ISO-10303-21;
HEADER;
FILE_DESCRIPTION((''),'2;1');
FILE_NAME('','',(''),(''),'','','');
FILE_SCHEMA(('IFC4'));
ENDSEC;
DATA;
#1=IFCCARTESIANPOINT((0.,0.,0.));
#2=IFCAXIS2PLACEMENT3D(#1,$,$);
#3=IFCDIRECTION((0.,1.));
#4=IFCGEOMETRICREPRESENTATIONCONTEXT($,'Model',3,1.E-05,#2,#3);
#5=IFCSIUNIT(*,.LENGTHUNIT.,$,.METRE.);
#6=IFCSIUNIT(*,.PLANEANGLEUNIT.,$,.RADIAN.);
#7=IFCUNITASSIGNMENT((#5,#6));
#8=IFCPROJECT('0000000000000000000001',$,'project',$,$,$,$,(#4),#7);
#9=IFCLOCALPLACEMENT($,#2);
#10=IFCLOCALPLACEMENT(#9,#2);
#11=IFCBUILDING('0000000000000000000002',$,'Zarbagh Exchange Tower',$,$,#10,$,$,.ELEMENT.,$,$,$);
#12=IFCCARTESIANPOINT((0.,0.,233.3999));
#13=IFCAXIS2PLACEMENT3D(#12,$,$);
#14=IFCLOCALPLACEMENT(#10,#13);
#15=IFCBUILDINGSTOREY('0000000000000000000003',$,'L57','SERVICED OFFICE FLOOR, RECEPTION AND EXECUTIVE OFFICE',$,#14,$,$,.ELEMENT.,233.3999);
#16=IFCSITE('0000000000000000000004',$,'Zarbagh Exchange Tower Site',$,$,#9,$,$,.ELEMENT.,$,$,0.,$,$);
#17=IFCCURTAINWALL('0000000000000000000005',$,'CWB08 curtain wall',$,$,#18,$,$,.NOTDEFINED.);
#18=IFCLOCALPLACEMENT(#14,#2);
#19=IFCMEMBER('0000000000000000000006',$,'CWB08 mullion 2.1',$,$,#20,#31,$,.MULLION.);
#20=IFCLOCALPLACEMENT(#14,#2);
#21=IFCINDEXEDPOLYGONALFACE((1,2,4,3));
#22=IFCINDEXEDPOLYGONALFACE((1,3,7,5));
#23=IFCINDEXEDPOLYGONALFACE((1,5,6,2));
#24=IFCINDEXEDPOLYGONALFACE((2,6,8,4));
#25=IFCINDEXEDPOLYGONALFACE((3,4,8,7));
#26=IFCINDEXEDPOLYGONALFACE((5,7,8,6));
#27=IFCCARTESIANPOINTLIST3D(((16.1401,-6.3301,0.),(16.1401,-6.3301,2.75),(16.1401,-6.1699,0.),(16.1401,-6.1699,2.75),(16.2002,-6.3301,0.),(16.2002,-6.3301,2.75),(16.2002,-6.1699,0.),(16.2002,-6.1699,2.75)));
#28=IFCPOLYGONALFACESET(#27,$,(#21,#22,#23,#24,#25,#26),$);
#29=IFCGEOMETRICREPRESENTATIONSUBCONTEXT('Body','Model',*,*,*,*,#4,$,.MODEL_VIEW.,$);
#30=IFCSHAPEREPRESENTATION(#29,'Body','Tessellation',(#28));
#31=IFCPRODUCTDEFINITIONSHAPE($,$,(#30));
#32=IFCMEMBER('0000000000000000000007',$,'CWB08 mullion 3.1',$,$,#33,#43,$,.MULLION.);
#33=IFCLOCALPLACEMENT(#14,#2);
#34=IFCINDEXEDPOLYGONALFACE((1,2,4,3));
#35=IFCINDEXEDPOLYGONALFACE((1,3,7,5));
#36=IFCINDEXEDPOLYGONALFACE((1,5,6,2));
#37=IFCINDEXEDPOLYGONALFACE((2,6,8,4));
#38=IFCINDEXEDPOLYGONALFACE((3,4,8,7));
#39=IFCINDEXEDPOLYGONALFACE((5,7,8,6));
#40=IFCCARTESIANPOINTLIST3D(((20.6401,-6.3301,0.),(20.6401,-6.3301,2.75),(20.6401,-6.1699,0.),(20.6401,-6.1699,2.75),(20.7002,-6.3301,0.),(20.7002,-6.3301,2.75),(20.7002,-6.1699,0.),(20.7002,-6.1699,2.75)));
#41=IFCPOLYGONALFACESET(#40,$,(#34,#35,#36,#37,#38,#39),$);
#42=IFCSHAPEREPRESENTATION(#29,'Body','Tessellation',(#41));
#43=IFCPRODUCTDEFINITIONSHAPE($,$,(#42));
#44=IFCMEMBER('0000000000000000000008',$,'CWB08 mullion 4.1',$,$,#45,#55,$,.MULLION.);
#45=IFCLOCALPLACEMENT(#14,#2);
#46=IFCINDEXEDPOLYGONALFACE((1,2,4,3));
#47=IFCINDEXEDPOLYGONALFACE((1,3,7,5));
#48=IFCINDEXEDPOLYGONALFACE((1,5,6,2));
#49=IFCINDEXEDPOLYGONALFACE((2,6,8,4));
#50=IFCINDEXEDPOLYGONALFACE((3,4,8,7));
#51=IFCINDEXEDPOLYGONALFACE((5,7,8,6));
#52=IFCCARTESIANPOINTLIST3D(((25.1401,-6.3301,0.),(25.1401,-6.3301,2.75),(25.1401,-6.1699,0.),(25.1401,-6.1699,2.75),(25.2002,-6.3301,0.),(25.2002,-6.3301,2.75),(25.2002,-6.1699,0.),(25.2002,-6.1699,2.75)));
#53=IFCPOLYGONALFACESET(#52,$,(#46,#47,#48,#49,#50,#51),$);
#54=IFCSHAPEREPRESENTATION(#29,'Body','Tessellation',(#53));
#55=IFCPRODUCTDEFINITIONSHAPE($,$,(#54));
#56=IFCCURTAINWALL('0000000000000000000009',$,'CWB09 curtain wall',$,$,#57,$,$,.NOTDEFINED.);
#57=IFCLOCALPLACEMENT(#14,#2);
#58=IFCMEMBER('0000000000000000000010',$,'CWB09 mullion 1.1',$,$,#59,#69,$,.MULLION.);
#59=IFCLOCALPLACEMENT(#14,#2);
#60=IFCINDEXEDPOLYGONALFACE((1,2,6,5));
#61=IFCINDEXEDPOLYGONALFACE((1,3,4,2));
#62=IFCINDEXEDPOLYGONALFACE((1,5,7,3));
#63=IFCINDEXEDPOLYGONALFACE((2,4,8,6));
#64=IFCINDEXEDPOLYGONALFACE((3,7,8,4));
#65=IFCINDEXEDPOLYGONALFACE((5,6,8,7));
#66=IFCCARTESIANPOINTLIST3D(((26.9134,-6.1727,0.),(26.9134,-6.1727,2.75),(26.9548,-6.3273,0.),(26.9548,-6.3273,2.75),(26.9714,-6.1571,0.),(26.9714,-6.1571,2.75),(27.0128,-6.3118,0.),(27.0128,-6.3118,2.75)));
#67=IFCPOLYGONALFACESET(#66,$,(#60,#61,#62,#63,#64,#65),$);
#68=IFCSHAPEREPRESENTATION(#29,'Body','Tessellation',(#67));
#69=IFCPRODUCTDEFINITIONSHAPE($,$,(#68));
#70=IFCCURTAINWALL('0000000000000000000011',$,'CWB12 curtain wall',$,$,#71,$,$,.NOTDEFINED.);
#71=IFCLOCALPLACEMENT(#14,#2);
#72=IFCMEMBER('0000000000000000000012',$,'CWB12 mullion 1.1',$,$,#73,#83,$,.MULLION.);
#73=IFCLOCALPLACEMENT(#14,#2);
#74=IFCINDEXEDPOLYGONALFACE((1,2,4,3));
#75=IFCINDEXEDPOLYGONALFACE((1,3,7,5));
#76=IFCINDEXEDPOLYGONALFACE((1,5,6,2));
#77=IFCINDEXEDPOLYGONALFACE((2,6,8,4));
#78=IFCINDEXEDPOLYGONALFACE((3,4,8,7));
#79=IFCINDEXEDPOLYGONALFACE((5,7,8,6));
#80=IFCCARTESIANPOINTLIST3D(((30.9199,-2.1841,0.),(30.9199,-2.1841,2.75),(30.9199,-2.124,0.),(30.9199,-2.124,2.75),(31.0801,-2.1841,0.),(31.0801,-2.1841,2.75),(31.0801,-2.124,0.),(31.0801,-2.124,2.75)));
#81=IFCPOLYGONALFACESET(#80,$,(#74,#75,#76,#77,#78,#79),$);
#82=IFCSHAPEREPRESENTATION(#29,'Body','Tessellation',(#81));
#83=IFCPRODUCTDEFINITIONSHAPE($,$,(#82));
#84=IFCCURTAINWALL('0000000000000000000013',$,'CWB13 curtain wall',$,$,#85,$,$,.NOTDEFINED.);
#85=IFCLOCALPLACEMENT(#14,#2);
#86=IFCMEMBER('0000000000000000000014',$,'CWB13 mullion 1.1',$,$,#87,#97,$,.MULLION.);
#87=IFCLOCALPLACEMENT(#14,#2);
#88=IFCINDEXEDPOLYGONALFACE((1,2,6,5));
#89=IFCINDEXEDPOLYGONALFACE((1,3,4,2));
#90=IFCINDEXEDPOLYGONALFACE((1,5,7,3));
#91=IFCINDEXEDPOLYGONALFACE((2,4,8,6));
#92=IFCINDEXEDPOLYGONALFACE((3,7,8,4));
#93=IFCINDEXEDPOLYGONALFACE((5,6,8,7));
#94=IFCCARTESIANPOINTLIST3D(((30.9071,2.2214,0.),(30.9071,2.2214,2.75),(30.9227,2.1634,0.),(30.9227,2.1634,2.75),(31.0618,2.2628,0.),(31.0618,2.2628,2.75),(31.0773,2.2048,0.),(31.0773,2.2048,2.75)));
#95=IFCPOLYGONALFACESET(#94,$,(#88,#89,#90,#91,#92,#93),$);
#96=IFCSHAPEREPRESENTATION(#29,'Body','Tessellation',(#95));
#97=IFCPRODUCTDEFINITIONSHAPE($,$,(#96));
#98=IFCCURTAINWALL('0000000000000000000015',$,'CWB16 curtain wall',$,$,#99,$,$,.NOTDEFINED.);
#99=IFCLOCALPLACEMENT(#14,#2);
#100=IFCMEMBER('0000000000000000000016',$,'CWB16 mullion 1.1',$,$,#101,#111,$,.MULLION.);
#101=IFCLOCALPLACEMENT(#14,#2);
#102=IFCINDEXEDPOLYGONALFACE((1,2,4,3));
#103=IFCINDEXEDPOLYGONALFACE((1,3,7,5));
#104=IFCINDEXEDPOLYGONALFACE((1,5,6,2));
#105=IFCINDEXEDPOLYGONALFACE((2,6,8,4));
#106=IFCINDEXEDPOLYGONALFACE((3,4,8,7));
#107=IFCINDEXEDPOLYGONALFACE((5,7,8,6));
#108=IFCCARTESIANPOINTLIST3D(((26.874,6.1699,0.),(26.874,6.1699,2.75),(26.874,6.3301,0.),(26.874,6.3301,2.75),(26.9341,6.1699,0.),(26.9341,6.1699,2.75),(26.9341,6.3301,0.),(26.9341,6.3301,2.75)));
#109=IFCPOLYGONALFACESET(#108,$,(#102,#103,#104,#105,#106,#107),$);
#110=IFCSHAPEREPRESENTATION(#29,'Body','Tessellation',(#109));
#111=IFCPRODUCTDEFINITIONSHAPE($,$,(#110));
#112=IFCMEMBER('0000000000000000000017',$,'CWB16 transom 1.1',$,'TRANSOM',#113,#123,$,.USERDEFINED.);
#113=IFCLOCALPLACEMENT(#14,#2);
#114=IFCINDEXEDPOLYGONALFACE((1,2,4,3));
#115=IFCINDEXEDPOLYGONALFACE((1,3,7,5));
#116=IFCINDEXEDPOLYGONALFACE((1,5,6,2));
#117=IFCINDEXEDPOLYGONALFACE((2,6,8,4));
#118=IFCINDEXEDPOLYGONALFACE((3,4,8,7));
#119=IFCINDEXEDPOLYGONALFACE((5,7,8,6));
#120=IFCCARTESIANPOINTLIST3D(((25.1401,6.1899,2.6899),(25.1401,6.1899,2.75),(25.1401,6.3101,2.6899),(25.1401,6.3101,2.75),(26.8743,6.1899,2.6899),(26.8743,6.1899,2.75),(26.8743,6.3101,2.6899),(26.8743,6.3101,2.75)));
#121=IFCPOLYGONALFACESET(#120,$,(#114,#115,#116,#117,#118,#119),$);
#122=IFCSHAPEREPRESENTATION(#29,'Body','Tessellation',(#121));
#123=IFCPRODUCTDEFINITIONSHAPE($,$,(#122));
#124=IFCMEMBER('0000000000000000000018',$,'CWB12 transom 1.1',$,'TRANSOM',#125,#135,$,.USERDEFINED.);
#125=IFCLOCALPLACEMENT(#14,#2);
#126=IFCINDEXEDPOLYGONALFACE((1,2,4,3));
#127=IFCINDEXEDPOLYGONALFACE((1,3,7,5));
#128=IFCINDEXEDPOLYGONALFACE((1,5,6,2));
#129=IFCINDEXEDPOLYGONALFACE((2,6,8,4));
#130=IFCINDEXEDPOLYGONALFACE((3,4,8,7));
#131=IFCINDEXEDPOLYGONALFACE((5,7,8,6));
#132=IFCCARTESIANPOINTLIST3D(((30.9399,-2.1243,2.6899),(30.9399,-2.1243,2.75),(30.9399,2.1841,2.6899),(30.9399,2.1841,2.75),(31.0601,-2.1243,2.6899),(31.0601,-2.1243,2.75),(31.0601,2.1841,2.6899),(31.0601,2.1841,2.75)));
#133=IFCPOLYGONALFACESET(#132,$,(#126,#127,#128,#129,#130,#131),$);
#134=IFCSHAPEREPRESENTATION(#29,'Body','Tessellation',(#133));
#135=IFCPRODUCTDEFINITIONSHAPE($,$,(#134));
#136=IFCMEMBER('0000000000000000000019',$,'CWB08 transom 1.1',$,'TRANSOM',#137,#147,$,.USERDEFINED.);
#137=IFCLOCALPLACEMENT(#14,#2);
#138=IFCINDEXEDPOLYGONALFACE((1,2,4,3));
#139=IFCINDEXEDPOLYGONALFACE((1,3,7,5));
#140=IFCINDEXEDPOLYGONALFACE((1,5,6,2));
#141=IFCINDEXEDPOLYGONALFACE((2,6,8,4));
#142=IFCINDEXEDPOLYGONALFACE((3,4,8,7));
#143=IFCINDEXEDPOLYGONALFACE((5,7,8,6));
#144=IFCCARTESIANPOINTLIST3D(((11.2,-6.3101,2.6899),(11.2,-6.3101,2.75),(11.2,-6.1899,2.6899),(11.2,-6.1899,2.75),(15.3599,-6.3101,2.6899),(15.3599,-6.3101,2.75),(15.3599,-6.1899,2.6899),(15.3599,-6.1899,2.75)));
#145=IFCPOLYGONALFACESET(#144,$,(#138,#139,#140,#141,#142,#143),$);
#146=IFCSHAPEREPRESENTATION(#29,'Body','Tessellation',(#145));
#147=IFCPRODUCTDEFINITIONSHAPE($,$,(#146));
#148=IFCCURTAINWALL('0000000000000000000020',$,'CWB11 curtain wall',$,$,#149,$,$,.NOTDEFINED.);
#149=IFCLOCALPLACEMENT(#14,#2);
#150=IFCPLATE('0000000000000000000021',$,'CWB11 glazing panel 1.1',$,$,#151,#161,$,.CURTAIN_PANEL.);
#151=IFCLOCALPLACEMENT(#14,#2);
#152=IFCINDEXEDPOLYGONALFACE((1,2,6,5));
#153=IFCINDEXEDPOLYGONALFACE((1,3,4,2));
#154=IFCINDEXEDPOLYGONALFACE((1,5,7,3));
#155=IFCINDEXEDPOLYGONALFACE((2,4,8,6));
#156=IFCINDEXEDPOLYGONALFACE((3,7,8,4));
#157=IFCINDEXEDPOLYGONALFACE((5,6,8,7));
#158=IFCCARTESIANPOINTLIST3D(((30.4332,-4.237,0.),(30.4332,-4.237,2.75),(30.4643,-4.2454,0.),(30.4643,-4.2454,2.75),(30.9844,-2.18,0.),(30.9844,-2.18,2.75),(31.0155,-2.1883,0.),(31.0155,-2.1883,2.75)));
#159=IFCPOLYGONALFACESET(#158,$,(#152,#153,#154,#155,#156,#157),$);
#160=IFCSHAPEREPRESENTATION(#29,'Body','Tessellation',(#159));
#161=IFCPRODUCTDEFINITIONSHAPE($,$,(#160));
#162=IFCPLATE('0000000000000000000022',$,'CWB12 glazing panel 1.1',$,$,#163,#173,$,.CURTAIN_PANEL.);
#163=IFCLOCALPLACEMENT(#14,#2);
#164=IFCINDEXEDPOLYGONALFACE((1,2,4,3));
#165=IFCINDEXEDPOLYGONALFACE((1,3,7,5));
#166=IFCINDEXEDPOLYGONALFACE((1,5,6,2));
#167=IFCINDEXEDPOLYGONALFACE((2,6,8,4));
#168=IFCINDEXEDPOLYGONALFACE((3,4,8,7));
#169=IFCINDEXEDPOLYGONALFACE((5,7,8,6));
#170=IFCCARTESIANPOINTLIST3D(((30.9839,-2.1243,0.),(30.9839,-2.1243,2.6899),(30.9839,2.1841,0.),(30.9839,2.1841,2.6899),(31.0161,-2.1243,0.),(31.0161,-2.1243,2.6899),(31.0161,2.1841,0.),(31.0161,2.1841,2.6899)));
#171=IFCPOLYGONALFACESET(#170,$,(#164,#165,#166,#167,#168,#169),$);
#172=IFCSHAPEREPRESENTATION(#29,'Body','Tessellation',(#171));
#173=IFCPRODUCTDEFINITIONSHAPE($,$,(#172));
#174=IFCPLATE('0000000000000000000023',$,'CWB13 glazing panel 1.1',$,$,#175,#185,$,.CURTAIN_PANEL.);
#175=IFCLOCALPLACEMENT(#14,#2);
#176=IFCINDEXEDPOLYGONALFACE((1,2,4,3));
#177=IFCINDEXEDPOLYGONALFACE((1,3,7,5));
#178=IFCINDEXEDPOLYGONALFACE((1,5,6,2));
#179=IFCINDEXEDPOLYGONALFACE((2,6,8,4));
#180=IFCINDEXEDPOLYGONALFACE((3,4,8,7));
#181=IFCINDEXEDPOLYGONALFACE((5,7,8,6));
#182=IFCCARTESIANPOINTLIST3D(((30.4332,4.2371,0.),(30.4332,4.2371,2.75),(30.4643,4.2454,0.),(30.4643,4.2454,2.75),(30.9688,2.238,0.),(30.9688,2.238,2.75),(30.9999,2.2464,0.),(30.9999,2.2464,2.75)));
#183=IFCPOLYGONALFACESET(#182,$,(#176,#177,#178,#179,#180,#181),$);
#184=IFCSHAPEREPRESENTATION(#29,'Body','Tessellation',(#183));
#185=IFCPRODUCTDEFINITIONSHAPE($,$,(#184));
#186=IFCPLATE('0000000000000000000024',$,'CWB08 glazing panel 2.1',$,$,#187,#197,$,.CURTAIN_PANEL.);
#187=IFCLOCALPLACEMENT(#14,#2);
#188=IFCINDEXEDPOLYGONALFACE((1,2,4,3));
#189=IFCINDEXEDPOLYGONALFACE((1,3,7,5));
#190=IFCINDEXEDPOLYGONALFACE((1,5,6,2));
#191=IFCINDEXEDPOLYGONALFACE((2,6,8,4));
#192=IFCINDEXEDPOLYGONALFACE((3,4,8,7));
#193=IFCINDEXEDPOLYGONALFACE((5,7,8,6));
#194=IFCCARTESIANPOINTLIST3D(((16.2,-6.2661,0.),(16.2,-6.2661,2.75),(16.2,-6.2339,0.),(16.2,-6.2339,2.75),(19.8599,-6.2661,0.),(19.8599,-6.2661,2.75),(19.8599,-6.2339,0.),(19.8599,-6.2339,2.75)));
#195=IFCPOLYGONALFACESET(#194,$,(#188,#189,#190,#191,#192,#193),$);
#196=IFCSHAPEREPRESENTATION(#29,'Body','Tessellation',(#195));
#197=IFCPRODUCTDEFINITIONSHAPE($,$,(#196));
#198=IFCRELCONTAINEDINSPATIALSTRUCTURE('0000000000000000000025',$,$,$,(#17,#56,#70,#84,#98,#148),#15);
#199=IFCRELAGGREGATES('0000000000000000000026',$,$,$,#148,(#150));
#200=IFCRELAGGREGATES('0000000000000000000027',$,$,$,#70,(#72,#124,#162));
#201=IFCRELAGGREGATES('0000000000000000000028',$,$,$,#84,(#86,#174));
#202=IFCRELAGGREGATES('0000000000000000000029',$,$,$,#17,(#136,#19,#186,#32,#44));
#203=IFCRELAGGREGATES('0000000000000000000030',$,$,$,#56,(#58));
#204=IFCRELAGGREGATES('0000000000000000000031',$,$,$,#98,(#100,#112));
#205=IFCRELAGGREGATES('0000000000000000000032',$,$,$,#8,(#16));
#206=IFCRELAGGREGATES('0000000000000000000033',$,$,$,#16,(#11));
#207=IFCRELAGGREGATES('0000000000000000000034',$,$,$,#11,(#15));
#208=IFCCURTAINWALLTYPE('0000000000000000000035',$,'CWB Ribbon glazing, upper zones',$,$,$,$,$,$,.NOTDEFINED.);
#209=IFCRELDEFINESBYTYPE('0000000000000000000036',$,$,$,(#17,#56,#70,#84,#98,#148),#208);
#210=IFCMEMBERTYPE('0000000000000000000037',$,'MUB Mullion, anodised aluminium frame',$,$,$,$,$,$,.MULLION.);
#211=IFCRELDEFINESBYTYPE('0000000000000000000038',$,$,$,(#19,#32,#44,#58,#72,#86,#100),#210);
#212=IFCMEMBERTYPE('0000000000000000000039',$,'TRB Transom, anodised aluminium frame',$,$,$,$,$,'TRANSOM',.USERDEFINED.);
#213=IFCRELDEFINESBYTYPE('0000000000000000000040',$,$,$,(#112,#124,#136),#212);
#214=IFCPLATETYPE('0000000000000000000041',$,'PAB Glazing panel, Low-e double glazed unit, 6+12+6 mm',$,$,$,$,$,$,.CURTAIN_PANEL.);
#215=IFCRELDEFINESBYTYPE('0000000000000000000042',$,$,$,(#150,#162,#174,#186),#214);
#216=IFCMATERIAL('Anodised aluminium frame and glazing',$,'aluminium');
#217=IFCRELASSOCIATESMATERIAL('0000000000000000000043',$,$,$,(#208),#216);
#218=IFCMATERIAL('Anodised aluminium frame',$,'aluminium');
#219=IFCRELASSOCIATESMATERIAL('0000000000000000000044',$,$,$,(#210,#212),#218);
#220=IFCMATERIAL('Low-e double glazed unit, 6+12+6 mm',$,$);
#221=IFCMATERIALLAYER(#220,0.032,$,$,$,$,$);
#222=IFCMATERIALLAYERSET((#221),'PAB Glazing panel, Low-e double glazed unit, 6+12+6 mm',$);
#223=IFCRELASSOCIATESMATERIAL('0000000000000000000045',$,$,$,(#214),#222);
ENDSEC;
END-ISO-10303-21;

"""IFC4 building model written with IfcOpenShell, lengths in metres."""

from ifc_helpers import new_model, si_unit, direction, frame, origin, place, context, subcontext, project, spatial, polyline, outline, extrude, source, transform, mapped, material, layer, layer_set, type_object, element, aggregate, save


model = new_model("IFC4")

# Units and contexts
model_context = context("Model", 3, precision=1e-05, world=origin(), true_north=direction((0.0, 1.0)))
body_context = subcontext(model_context, "Body", "Model", "MODEL_VIEW")
ifc_project = project(units=[si_unit("LENGTHUNIT", "METRE"), si_unit("PLANEANGLEUNIT", "RADIAN")], contexts=[model_context])

# Site, building, storey
site_placement = place(None, origin())
site = spatial("IfcSite", under=ifc_project, at=site_placement, Name="Zarbagh Exchange Tower Site", CompositionType="ELEMENT", RefElevation=0.0)
building_placement = place(site_placement, origin())
building = spatial("IfcBuilding", under=site, at=building_placement, Name="Zarbagh Exchange Tower", CompositionType="ELEMENT")
storey_placement = place(building_placement, frame((0.0, 0.0, 233.3999)))
storey = spatial("IfcBuildingStorey", under=building, at=storey_placement, Name="L57", Description="SERVICED OFFICE FLOOR, RECEPTION AND EXECUTIVE OFFICE", CompositionType="ELEMENT", Elevation=233.3999)

# Curtain wall, members
ifc_material_1 = material(Name="Anodised aluminium frame and glazing", Category="aluminium")
curtain_wall_type = type_object("IfcCurtainWallType", Name="CWB Ribbon glazing, upper zones", PredefinedType="NOTDEFINED", material=ifc_material_1)
curtain_wall_1_placement = place(storey_placement, origin())
curtain_wall_1 = element("IfcCurtainWall", 1, at=curtain_wall_1_placement, inside=storey, type_object=curtain_wall_type, Name="CWB08 curtain wall", PredefinedType="NOTDEFINED")
ifc_material_2 = material(Name="Anodised aluminium frame", Category="aluminium")
member_type_1 = type_object("IfcMemberType", Name="MUB Mullion, anodised aluminium frame", PredefinedType="MULLION", material=ifc_material_2)
shared_shape_1 = source(origin(), body_context, "Body", "SweptSolid", [
    extrude(outline(polyline([(0.0, -0.0801), (0.0601, -0.0801), (0.0601, 0.0801), (0.0, 0.0801), (0.0, -0.0801)])), origin(), (0.0, 0.0, 1.0), 2.75),
])
placement = place(storey_placement, origin())
member_1 = element("IfcMember", 2, at=placement, type_object=member_type_1, Name="CWB08 mullion 2.1", PredefinedType="MULLION", context=body_context, shape_type="MappedRepresentation", body=[
    mapped(shared_shape_1, transform((16.1401, -6.25, 0.0), x_axis=(1.0, 0.0, 0.0), y_axis=(0.0, 1.0, 0.0), z_axis=(0.0, 0.0, 1.0))),
])
member_2 = element("IfcMember", 3, at=placement, type_object=member_type_1, Name="CWB08 mullion 3.1", PredefinedType="MULLION", context=body_context, shape_type="MappedRepresentation", body=[
    mapped(shared_shape_1, transform((20.6401, -6.25, 0.0), x_axis=(1.0, 0.0, 0.0), y_axis=(0.0, 1.0, 0.0), z_axis=(0.0, 0.0, 1.0))),
])
member_3 = element("IfcMember", 4, at=placement, type_object=member_type_1, Name="CWB08 mullion 4.1", PredefinedType="MULLION", context=body_context, shape_type="MappedRepresentation", body=[
    mapped(shared_shape_1, transform((25.1401, -6.25, 0.0), x_axis=(1.0, 0.0, 0.0), y_axis=(0.0, 1.0, 0.0), z_axis=(0.0, 0.0, 1.0))),
])

# Curtain walls, members
curtain_wall_2_placement = place(storey_placement, origin())
curtain_wall_2 = element("IfcCurtainWall", 5, at=curtain_wall_2_placement, inside=storey, type_object=curtain_wall_type, Name="CWB09 curtain wall", PredefinedType="NOTDEFINED")
member_4 = element("IfcMember", 6, at=placement, type_object=member_type_1, Name="CWB09 mullion 1.1", PredefinedType="MULLION", context=body_context, shape_type="MappedRepresentation", body=[
    mapped(shared_shape_1, transform((26.9341, -6.25, 0.0), x_axis=(0.965924, 0.258825, 0.0), y_axis=(-0.258825, 0.965924, 0.0), z_axis=(0.0, 0.0, 1.0))),
])
curtain_wall_3_placement = place(storey_placement, origin())
curtain_wall_3 = element("IfcCurtainWall", 7, at=curtain_wall_3_placement, inside=storey, type_object=curtain_wall_type, Name="CWB12 curtain wall", PredefinedType="NOTDEFINED")
member_5 = element("IfcMember", 8, at=placement, type_object=member_type_1, Name="CWB12 mullion 1.1", PredefinedType="MULLION", context=body_context, shape_type="MappedRepresentation", body=[
    mapped(shared_shape_1, transform((31.0, -2.1841, 0.0), x_axis=(0.0, 1.0, 0.0), y_axis=(-1.0, 0.0, 0.0), z_axis=(0.0, 0.0, 1.0))),
])
curtain_wall_4_placement = place(storey_placement, origin())
curtain_wall_4 = element("IfcCurtainWall", 9, at=curtain_wall_4_placement, inside=storey, type_object=curtain_wall_type, Name="CWB13 curtain wall", PredefinedType="NOTDEFINED")
member_6 = element("IfcMember", 10, at=placement, type_object=member_type_1, Name="CWB13 mullion 1.1", PredefinedType="MULLION", context=body_context, shape_type="MappedRepresentation", body=[
    mapped(shared_shape_1, transform((31.0, 2.1841, 0.0), x_axis=(-0.258825, 0.965924, 0.0), y_axis=(-0.965924, -0.258825, 0.0), z_axis=(0.0, 0.0, 1.0))),
])

# Curtain wall, members
curtain_wall_5_placement = place(storey_placement, origin())
curtain_wall_5 = element("IfcCurtainWall", 11, at=curtain_wall_5_placement, inside=storey, type_object=curtain_wall_type, Name="CWB16 curtain wall", PredefinedType="NOTDEFINED")
member_7 = element("IfcMember", 12, at=placement, type_object=member_type_1, Name="CWB16 mullion 1.1", PredefinedType="MULLION", context=body_context, shape_type="MappedRepresentation", body=[
    mapped(shared_shape_1, transform((26.9341, 6.25, 0.0), x_axis=(-1.0, 0.0, 0.0), y_axis=(0.0, -1.0, 0.0), z_axis=(0.0, 0.0, 1.0))),
])
member_type_2 = type_object("IfcMemberType", Name="TRB Transom, anodised aluminium frame", ElementType="TRANSOM", PredefinedType="USERDEFINED", material=ifc_material_2)
shared_shape_2 = source(origin(), body_context, "Body", "SweptSolid", [
    extrude(outline(polyline([(-0.0601, -0.0601), (0.0, -0.0601), (0.0, 0.0601), (-0.0601, 0.0601), (-0.0601, -0.0601)])), origin(), (0.0, 0.0, 1.0), 1.7341),
])
member_8 = element("IfcMember", 13, at=placement, type_object=member_type_2, Name="CWB16 transom 1.1", ObjectType="TRANSOM", PredefinedType="USERDEFINED", context=body_context, shape_type="MappedRepresentation", body=[
    mapped(shared_shape_2, transform((26.8743, 6.25, 2.75), x_axis=(0.0, 0.0, 1.0), y_axis=(0.0, 1.0, 0.0), z_axis=(-1.0, 0.0, 0.0))),
])

# Members
shared_shape_3 = source(origin(), body_context, "Body", "SweptSolid", [
    extrude(outline(polyline([(-0.0601, -0.0601), (0.0, -0.0601), (0.0, 0.0601), (-0.0601, 0.0601), (-0.0601, -0.0601)])), origin(), (0.0, 0.0, 1.0), 4.3083),
])
member_9 = element("IfcMember", 14, at=placement, type_object=member_type_2, Name="CWB12 transom 1.1", ObjectType="TRANSOM", PredefinedType="USERDEFINED", context=body_context, shape_type="MappedRepresentation", body=[
    mapped(shared_shape_3, transform((31.0, -2.1243, 2.75), x_axis=(0.0, 0.0, 1.0), y_axis=(1.0, 0.0, 0.0), z_axis=(0.0, 1.0, 0.0))),
])
shared_shape_4 = source(origin(), body_context, "Body", "SweptSolid", [
    extrude(outline(polyline([(-0.0601, -0.0601), (0.0, -0.0601), (0.0, 0.0601), (-0.0601, 0.0601), (-0.0601, -0.0601)])), origin(), (0.0, 0.0, 1.0), 4.1599),
])
member_10 = element("IfcMember", 15, at=placement, type_object=member_type_2, Name="CWB08 transom 1.1", ObjectType="TRANSOM", PredefinedType="USERDEFINED", context=body_context, shape_type="MappedRepresentation", body=[
    mapped(shared_shape_4, transform((11.2, -6.25, 2.75), x_axis=(0.0, 0.0, 1.0), y_axis=(0.0, -1.0, 0.0), z_axis=(1.0, 0.0, 0.0))),
])

# Curtain wall, plate
curtain_wall_6_placement = place(storey_placement, origin())
curtain_wall_6 = element("IfcCurtainWall", 16, at=curtain_wall_6_placement, inside=storey, type_object=curtain_wall_type, Name="CWB11 curtain wall", PredefinedType="NOTDEFINED")
ifc_material_3 = material(Name="Low-e double glazed unit, 6+12+6 mm")
ifc_layer = layer(ifc_material_3, 0.032)
ifc_layer_set = layer_set([ifc_layer], Name="PAB Glazing panel, Low-e double glazed unit, 6+12+6 mm")
plate_type = type_object("IfcPlateType", Name="PAB Glazing panel, Low-e double glazed unit, 6+12+6 mm", PredefinedType="CURTAIN_PANEL", material=ifc_layer_set)
shared_shape_5 = source(origin(), body_context, "Body", "SweptSolid", [
    extrude(outline(polyline([(0.0, -0.0161), (2.1296, -0.0161), (2.1296, 0.0161), (0.0, 0.0161), (0.0, -0.0161)])), origin(), (0.0, 0.0, 1.0), 2.75),
])
plate_1 = element("IfcPlate", 17, at=placement, type_object=plate_type, Name="CWB11 glazing panel 1.1", PredefinedType="CURTAIN_PANEL", context=body_context, shape_type="MappedRepresentation", body=[
    mapped(shared_shape_5, transform((30.4487, -4.2412, 0.0), x_axis=(0.258825, 0.965924, 0.0), y_axis=(-0.965924, 0.258825, 0.0), z_axis=(0.0, 0.0, 1.0))),
])
aggregate(curtain_wall_6, [plate_1])

# Plates
shared_shape_6 = source(origin(), body_context, "Body", "SweptSolid", [
    extrude(outline(polyline([(0.0, -0.0161), (4.3083, -0.0161), (4.3083, 0.0161), (0.0, 0.0161), (0.0, -0.0161)])), origin(), (0.0, 0.0, 1.0), 2.6899),
])
plate_2 = element("IfcPlate", 18, at=placement, type_object=plate_type, Name="CWB12 glazing panel 1.1", PredefinedType="CURTAIN_PANEL", context=body_context, shape_type="MappedRepresentation", body=[
    mapped(shared_shape_6, transform((31.0, -2.1243, 0.0), x_axis=(0.0, 1.0, 0.0), y_axis=(-1.0, 0.0, 0.0), z_axis=(0.0, 0.0, 1.0))),
])
aggregate(curtain_wall_3, [member_5, member_9, plate_2])
shared_shape_7 = source(origin(), body_context, "Body", "SweptSolid", [
    extrude(outline(polyline([(0.0, -0.0161), (2.0696, -0.0161), (2.0696, 0.0161), (0.0, 0.0161), (0.0, -0.0161)])), origin(), (0.0, 0.0, 1.0), 2.75),
])
plate_3 = element("IfcPlate", 19, at=placement, type_object=plate_type, Name="CWB13 glazing panel 1.1", PredefinedType="CURTAIN_PANEL", context=body_context, shape_type="MappedRepresentation", body=[
    mapped(shared_shape_7, transform((30.9844, 2.2422, 0.0), x_axis=(-0.258825, 0.965924, 0.0), y_axis=(-0.965924, -0.258825, 0.0), z_axis=(0.0, 0.0, 1.0))),
])
aggregate(curtain_wall_4, [member_6, plate_3])
shared_shape_8 = source(origin(), body_context, "Body", "SweptSolid", [
    extrude(outline(polyline([(0.0, -0.0161), (3.6599, -0.0161), (3.6599, 0.0161), (0.0, 0.0161), (0.0, -0.0161)])), origin(), (0.0, 0.0, 1.0), 2.75),
])
plate_4 = element("IfcPlate", 20, at=placement, type_object=plate_type, Name="CWB08 glazing panel 2.1", PredefinedType="CURTAIN_PANEL", context=body_context, shape_type="MappedRepresentation", body=[
    mapped(shared_shape_8, transform((16.2, -6.25, 0.0), x_axis=(1.0, 0.0, 0.0), y_axis=(0.0, 1.0, 0.0), z_axis=(0.0, 0.0, 1.0))),
])
aggregate(curtain_wall_1, [member_10, member_1, plate_4, member_2, member_3])
aggregate(curtain_wall_2, [member_4])

aggregate(curtain_wall_5, [member_7, member_8])

save(model, "model.ifc")
